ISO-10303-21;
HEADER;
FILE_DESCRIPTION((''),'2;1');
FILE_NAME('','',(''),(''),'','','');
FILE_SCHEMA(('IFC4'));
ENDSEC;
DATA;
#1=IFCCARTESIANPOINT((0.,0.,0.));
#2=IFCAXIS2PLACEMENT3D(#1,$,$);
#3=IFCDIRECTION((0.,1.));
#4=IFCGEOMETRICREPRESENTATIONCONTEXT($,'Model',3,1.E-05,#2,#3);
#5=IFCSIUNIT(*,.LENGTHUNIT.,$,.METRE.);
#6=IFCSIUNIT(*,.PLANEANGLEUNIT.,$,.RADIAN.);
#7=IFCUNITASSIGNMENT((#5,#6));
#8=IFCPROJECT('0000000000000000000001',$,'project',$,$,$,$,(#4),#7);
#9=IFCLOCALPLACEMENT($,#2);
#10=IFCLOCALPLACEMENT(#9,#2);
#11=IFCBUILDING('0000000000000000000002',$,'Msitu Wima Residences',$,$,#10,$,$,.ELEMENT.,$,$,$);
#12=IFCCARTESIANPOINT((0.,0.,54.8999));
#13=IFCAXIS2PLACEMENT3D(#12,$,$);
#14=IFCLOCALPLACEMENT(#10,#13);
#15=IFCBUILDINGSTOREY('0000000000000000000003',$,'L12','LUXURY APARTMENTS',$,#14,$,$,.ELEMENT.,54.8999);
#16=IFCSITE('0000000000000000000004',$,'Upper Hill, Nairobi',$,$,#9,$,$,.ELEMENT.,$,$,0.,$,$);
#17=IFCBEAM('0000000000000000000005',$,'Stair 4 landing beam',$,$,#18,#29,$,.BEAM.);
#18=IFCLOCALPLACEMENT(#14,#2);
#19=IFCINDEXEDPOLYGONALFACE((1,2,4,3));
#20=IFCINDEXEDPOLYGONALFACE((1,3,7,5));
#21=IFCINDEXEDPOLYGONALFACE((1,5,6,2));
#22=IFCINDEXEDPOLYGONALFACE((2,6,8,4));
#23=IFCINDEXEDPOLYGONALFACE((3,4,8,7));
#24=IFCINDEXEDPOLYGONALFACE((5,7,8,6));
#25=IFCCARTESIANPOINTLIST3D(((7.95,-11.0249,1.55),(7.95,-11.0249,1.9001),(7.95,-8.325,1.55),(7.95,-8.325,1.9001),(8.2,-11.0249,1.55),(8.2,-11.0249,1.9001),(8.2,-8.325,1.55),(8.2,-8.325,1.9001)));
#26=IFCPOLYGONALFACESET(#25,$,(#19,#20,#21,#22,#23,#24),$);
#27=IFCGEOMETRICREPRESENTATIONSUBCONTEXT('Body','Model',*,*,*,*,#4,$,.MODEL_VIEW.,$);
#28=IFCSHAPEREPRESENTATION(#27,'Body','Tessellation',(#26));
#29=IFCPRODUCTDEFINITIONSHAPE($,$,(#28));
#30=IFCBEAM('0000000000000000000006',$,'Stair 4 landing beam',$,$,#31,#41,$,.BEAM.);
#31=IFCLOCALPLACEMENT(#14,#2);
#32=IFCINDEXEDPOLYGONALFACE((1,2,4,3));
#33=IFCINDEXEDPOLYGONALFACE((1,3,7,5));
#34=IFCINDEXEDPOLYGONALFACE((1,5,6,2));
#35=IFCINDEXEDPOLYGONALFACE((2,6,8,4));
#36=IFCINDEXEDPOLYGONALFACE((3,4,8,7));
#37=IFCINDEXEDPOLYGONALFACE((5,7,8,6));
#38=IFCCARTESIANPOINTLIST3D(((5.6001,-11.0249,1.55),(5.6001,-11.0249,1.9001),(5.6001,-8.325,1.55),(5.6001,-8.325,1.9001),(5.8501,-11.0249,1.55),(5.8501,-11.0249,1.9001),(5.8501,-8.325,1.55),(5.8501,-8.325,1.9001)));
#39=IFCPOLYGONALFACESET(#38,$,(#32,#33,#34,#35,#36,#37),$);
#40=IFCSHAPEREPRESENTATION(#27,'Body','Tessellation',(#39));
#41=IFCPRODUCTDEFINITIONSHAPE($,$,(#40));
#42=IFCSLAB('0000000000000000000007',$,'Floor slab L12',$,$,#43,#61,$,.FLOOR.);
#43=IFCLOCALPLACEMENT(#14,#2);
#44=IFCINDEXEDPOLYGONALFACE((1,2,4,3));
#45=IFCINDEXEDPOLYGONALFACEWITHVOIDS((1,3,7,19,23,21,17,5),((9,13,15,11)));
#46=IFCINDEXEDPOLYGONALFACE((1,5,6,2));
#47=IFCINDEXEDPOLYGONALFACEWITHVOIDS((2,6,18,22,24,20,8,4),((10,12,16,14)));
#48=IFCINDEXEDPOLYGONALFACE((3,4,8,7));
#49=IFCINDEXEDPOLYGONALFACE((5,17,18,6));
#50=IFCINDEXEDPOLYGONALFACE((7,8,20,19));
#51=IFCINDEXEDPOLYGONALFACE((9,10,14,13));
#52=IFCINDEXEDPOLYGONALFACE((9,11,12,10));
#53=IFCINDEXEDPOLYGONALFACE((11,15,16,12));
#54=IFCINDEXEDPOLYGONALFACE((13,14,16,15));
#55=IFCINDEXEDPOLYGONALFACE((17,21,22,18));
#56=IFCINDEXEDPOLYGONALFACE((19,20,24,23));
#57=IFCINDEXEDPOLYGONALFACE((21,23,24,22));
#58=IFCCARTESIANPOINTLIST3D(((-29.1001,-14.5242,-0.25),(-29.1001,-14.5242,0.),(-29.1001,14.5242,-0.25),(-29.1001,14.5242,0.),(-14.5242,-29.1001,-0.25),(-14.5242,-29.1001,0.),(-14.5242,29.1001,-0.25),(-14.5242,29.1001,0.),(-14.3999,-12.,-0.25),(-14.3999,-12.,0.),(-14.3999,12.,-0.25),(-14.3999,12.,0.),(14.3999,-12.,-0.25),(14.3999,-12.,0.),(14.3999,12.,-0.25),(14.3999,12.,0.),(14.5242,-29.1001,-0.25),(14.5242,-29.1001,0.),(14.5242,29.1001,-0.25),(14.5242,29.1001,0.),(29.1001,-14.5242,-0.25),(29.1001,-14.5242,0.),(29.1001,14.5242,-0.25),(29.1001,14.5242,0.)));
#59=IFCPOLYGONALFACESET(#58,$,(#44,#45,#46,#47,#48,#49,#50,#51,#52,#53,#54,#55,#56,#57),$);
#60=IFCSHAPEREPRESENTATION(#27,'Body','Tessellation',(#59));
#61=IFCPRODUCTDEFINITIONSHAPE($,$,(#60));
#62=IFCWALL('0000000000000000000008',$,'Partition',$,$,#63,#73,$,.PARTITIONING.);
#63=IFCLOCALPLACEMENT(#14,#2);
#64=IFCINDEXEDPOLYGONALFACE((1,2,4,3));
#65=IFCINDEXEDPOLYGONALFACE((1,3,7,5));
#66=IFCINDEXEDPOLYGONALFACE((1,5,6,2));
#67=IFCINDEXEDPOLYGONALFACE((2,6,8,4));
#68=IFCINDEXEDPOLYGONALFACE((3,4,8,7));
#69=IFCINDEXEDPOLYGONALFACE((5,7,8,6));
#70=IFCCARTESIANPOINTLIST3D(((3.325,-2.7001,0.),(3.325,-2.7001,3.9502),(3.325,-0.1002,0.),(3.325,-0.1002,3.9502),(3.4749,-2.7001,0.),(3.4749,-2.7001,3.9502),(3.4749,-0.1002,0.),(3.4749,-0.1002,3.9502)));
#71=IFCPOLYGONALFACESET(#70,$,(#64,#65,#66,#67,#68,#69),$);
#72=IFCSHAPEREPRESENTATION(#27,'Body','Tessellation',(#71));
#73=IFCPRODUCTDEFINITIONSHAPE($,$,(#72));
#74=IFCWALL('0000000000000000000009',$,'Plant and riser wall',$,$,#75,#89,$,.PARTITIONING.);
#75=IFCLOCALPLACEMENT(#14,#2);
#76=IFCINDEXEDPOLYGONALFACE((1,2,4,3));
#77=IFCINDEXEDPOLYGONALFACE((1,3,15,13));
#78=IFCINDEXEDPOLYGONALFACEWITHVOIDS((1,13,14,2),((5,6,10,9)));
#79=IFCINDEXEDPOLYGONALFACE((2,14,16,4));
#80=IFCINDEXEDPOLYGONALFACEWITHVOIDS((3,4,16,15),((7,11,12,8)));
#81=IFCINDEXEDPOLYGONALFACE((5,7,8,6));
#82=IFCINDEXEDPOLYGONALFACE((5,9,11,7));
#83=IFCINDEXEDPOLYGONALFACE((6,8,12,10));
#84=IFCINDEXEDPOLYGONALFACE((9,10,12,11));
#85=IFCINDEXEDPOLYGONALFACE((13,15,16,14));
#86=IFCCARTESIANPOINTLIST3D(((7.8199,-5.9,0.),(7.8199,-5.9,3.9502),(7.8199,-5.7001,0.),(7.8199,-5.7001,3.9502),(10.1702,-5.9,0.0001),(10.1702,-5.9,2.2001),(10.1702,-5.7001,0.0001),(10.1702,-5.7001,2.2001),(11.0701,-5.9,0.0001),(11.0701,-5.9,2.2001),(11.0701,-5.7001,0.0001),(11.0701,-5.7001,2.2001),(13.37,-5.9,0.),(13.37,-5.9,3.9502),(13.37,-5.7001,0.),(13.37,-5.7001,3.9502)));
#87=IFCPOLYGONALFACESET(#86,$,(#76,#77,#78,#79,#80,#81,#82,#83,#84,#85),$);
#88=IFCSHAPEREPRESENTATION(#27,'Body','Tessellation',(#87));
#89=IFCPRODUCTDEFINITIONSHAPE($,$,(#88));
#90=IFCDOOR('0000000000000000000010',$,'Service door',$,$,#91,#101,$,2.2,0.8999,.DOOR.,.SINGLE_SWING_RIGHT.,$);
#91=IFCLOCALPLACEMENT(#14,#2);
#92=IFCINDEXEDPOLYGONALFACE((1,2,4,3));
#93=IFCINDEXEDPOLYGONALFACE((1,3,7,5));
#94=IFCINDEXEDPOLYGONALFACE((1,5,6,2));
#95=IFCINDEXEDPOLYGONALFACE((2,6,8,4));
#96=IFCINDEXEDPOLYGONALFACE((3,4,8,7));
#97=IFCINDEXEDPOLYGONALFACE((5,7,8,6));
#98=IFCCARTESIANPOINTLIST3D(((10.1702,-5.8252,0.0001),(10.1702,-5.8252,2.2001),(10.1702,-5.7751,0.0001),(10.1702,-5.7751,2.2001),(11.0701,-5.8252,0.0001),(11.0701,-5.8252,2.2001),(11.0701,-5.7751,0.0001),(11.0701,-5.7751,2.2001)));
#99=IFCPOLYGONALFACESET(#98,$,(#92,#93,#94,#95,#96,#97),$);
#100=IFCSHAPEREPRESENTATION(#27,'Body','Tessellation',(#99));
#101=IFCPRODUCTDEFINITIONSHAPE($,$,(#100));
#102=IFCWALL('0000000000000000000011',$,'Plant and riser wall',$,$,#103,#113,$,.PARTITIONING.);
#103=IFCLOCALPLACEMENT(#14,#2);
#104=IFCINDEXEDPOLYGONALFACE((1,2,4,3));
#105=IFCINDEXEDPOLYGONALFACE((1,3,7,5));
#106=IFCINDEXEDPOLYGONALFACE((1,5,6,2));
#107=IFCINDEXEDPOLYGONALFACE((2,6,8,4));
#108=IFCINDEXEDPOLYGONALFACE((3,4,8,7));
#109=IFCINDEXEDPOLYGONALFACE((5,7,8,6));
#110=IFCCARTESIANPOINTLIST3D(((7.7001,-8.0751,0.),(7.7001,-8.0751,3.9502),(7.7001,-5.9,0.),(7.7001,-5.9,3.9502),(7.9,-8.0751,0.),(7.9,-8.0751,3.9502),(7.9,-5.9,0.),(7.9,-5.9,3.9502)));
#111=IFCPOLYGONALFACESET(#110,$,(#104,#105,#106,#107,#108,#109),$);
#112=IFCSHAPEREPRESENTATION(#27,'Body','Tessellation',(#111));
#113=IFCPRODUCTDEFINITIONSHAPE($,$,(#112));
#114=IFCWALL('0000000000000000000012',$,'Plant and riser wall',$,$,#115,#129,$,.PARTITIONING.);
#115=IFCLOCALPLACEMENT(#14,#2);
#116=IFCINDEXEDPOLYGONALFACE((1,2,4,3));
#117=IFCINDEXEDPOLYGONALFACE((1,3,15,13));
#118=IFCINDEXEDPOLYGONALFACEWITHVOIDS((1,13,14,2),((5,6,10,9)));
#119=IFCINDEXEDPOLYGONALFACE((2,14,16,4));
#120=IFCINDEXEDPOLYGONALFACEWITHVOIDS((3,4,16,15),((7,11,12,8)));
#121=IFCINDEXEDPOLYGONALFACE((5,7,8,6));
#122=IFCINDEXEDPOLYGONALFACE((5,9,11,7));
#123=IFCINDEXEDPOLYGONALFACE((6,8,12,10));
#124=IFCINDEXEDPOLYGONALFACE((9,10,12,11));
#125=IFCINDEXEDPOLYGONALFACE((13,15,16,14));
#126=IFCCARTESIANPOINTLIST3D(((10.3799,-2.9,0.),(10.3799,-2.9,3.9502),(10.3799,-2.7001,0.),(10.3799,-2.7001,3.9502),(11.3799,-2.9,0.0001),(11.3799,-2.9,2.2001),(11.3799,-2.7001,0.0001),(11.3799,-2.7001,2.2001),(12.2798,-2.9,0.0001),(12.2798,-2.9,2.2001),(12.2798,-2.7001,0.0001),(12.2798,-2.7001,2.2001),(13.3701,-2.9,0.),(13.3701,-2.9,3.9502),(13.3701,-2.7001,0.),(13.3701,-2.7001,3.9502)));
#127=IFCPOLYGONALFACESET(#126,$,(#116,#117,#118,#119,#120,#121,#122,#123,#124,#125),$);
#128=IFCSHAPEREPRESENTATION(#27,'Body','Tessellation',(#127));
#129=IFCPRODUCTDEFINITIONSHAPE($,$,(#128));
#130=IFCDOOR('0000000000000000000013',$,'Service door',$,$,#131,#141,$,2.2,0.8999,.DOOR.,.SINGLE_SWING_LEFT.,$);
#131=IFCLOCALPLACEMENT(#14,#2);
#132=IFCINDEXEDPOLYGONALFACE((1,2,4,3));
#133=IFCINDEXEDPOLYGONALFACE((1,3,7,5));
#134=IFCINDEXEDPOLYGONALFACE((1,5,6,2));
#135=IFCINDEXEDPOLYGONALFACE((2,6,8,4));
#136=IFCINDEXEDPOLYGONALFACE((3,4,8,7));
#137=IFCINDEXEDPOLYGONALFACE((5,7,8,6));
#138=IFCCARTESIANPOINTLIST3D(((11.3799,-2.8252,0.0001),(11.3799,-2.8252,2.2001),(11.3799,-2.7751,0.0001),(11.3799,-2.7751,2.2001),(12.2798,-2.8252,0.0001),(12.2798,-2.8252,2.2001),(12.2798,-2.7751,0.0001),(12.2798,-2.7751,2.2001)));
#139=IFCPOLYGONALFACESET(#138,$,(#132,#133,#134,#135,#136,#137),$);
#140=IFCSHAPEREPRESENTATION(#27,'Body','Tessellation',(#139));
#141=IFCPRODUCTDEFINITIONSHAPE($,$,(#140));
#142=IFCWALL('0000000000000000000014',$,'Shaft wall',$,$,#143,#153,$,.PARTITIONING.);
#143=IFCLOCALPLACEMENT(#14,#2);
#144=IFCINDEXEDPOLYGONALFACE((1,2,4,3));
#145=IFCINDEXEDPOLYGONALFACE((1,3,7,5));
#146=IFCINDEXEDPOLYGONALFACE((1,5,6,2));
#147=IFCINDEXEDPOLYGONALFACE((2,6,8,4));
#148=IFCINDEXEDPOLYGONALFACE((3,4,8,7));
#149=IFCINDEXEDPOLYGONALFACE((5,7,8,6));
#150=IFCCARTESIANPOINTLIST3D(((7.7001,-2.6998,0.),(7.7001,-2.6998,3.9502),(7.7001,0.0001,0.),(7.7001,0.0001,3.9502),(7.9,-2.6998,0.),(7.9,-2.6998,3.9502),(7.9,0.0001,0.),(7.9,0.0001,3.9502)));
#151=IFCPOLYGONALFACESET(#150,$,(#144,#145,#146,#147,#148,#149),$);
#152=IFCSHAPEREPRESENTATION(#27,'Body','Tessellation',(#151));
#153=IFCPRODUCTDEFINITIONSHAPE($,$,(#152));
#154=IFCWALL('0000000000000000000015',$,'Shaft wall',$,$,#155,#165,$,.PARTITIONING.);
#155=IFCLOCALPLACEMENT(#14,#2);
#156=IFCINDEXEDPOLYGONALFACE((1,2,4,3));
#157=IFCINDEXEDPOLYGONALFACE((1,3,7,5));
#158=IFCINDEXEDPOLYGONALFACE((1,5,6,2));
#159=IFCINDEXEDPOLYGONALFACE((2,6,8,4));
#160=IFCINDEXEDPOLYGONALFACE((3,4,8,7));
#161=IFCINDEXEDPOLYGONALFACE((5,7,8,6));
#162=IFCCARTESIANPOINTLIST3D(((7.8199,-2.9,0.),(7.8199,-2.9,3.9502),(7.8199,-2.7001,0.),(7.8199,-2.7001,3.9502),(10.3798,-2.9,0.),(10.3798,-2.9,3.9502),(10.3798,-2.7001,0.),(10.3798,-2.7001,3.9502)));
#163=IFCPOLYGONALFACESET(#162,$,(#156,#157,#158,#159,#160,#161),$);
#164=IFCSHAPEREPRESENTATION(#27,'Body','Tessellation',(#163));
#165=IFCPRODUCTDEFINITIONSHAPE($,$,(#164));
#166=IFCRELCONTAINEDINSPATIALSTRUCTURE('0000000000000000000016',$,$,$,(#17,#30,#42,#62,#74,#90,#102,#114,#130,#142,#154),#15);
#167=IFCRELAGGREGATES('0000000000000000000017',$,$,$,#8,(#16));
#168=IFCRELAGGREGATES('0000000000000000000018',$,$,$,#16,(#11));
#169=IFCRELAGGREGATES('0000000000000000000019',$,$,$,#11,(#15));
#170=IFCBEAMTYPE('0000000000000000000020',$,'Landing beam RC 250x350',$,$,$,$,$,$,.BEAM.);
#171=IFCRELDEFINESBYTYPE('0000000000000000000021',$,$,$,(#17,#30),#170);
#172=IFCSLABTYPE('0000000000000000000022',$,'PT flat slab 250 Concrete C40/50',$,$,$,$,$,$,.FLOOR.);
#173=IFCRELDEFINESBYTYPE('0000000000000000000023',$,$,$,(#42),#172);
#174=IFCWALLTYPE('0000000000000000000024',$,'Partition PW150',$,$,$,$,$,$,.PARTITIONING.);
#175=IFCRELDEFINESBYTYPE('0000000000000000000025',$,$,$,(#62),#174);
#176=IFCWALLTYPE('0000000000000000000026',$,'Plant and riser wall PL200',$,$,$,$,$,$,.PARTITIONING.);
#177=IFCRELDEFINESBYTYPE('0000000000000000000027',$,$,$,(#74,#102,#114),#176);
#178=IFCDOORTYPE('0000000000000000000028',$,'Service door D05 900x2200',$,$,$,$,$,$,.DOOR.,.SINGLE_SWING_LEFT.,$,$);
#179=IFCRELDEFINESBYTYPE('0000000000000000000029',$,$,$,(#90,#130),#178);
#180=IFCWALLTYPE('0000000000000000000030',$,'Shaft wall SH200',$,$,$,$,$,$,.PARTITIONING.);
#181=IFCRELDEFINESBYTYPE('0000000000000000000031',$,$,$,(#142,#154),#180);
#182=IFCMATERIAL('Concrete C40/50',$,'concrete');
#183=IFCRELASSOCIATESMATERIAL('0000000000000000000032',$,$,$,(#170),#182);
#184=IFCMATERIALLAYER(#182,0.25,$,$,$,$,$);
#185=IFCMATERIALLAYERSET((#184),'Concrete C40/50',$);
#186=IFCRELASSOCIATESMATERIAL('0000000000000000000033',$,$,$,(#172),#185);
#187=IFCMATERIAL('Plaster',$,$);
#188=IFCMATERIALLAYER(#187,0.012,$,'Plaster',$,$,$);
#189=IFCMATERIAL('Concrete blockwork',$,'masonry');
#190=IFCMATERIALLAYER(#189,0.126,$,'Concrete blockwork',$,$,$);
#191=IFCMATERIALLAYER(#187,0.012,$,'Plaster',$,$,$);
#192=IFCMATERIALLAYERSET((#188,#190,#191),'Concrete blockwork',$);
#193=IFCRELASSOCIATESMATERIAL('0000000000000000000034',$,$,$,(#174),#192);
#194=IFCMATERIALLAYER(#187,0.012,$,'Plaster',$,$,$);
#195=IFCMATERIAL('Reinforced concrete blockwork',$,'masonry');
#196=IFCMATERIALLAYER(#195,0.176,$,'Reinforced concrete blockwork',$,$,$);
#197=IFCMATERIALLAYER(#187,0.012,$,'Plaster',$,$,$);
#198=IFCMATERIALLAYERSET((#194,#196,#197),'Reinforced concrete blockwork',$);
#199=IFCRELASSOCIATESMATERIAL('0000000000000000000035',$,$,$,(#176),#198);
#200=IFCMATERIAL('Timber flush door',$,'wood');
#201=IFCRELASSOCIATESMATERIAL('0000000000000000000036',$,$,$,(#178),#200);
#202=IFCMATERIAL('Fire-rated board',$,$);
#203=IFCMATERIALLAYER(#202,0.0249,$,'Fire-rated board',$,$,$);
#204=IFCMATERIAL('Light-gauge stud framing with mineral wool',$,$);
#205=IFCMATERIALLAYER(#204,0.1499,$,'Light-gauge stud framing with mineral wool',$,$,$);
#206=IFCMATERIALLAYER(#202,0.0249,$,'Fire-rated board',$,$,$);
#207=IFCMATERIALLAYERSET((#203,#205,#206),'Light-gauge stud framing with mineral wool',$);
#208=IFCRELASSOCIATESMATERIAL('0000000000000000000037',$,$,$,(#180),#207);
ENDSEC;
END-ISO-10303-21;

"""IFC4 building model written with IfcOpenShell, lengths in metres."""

from ifc_helpers import new_model, si_unit, direction, frame, frame_2d, origin, origin_2d, place, context, subcontext, project, spatial, polyline, rectangle, outline, extrude, material, layer, layer_set, material_profile, profile_set, type_object, element, fill, save


model = new_model("IFC4")

# Units and contexts
model_context = context("Model", 3, precision=1e-05, world=origin(), true_north=direction((0.0, 1.0)))
body_context = subcontext(model_context, "Body", "Model", "MODEL_VIEW")
ifc_project = project(units=[si_unit("LENGTHUNIT", "METRE"), si_unit("PLANEANGLEUNIT", "RADIAN")], contexts=[model_context])

# Site, building, storey
site_placement = place(None, origin())
site = spatial("IfcSite", under=ifc_project, at=site_placement, Name="Upper Hill, Nairobi", CompositionType="ELEMENT", RefElevation=0.0)
building_placement = place(site_placement, origin())
building = spatial("IfcBuilding", under=site, at=building_placement, Name="Msitu Wima Residences", CompositionType="ELEMENT")
storey_placement = place(building_placement, frame((0.0, 0.0, 54.8999)))
storey = spatial("IfcBuildingStorey", under=building, at=storey_placement, Name="L12", Description="LUXURY APARTMENTS", CompositionType="ELEMENT", Elevation=54.8999)

# Beams
ifc_material_1 = material(Name="Concrete C40/50", Category="concrete")
ifc_material_profile = material_profile(ifc_material_1, rectangle(XDim=0.25, YDim=0.3501, at=origin_2d()), Name="RC 250x350")
ifc_profile_set = profile_set([ifc_material_profile], Name="Concrete C40/50")
beam_type = type_object("IfcBeamType", Name="Landing beam RC 250x350", PredefinedType="BEAM", material=ifc_profile_set)
for number, where, z_axis, x_axis, name in (
    (1, (8.075, -11.0249, 1.7251), (0.0, 1.0, 0.0), (-1.0, 0.0, 0.0), "Stair 4 landing beam"),
    (2, (5.7251, -11.0249, 1.7251), (0.0, 1.0, 0.0), (-1.0, 0.0, 0.0), "Stair 4 landing beam"),
):
    element("IfcBeam", number, at=place(storey_placement, frame(where, z_axis=z_axis, x_axis=x_axis)), inside=storey, type_object=beam_type, Name=name, PredefinedType="BEAM", context=body_context, shape_type="SweptSolid", body=[
        extrude(rectangle(XDim=0.25, YDim=0.3501, at=origin_2d()), origin(), (0.0, 0.0, 1.0), 2.7),
    ])

# Slab
ifc_layer_1 = layer(ifc_material_1, 0.25)
ifc_layer_set_1 = layer_set([ifc_layer_1], Name="Concrete C40/50")
slab_type = type_object("IfcSlabType", Name="PT flat slab 250 Concrete C40/50", PredefinedType="FLOOR", material=ifc_layer_set_1)
slab_placement = place(storey_placement, frame((0.0, 0.0, -0.25)))
element("IfcSlab", 3, at=slab_placement, inside=storey, type_object=slab_type, Name="Floor slab L12", PredefinedType="FLOOR", context=body_context, shape_type="SweptSolid", body=[
    extrude(outline(polyline([(29.1001, -14.5242), (14.5242, -29.1001), (-14.5242, -29.1001), (-29.1001, -14.5242), (-29.1001, 14.5242), (-14.5242, 29.1001), (14.5242, 29.1001), (29.1001, 14.5242), (29.1001, -14.5242)]), holes=[polyline([(-14.3999, -12.0), (14.3999, -12.0), (14.3999, 12.0), (-14.3999, 12.0), (-14.3999, -12.0)])]), origin(), (0.0, 0.0, 1.0), 0.25),
])

# Wall
ifc_material_2 = material(Name="Plaster")
ifc_layer_2 = layer(ifc_material_2, 0.012, Name="Plaster")
ifc_material_3 = material(Name="Concrete blockwork", Category="masonry")
ifc_layer_3 = layer(ifc_material_3, 0.126, Name="Concrete blockwork")
ifc_layer_4 = layer(ifc_material_2, 0.012, Name="Plaster")
ifc_layer_set_2 = layer_set([ifc_layer_2, ifc_layer_3, ifc_layer_4], Name="Concrete blockwork")
wall_type_1 = type_object("IfcWallType", Name="Partition PW150", PredefinedType="PARTITIONING", material=ifc_layer_set_2)
wall_1_placement = place(storey_placement, frame((3.3999, -2.7, 0.0), z_axis=(0.0, 0.0, 1.0), x_axis=(0.0, 1.0, 0.0)))
element("IfcWall", 4, at=wall_1_placement, inside=storey, type_object=wall_type_1, Name="Partition", PredefinedType="PARTITIONING", context=body_context, shape_type="SweptSolid", body=[
    extrude(rectangle(XDim=2.5999, YDim=0.1499, at=frame_2d((1.2998, 0.0))), origin(), (0.0, 0.0, 1.0), 3.9502),
])

# Wall, opening, door
ifc_layer_5 = layer(ifc_material_2, 0.012, Name="Plaster")
ifc_material_4 = material(Name="Reinforced concrete blockwork", Category="masonry")
ifc_layer_6 = layer(ifc_material_4, 0.176, Name="Reinforced concrete blockwork")
ifc_layer_7 = layer(ifc_material_2, 0.012, Name="Plaster")
ifc_layer_set_3 = layer_set([ifc_layer_5, ifc_layer_6, ifc_layer_7], Name="Reinforced concrete blockwork")
wall_type_2 = type_object("IfcWallType", Name="Plant and riser wall PL200", PredefinedType="PARTITIONING", material=ifc_layer_set_3)
wall_2_placement = place(storey_placement, frame((7.8201, -5.8, 0.0), z_axis=(0.0, 0.0, 1.0), x_axis=(1.0, 0.0, 0.0)))
wall_2 = element("IfcWall", 5, at=wall_2_placement, inside=storey, type_object=wall_type_2, Name="Plant and riser wall", PredefinedType="PARTITIONING", context=body_context, shape_type="SweptSolid", body=[
    extrude(rectangle(XDim=5.55, YDim=0.2, at=frame_2d((2.7749, 0.0))), origin(), (0.0, 0.0, 1.0), 3.9502),
])
opening_1_placement = place(wall_2_placement, frame((2.3501, 0.0, 0.0)))
opening_1 = element("IfcOpeningElement", 6, at=opening_1_placement, cuts=wall_2, PredefinedType="OPENING", context=body_context, shape_type="SweptSolid", body=[
    extrude(rectangle(XDim=0.8999, YDim=2.2, at=frame_2d((0.45, 1.1001))), frame((0.0, 0.1099, 0.0), z_axis=(0.0, -1.0, 0.0), x_axis=(1.0, 0.0, 0.0)), (0.0, 0.0, 1.0), 0.22),
])
ifc_material_5 = material(Name="Timber flush door", Category="wood")
door_type_1 = type_object("IfcDoorType", Name="Service door D05 900x2200", OperationType="SINGLE_SWING_LEFT", PredefinedType="DOOR", material=ifc_material_5)
door_1_placement = place(opening_1_placement, origin())
door_1 = element("IfcDoor", 7, at=door_1_placement, inside=storey, type_object=door_type_1, Name="Service door", OperationType="SINGLE_SWING_RIGHT", OverallHeight=2.2, OverallWidth=0.8999, PredefinedType="DOOR", context=body_context, shape_type="SweptSolid", body=[
    extrude(rectangle(XDim=0.8999, YDim=2.2, at=frame_2d((0.45, 1.1001))), frame((0.0, 0.0249, 0.0), z_axis=(0.0, -1.0, 0.0), x_axis=(1.0, 0.0, 0.0)), (0.0, 0.0, 1.0), 0.05),
])
fill(opening_1, door_1)

# Wall
wall_3_placement = place(storey_placement, frame((7.8, -8.075, 0.0), z_axis=(0.0, 0.0, 1.0), x_axis=(0.0, 1.0, 0.0)))
element("IfcWall", 8, at=wall_3_placement, inside=storey, type_object=wall_type_2, Name="Plant and riser wall", PredefinedType="PARTITIONING", context=body_context, shape_type="SweptSolid", body=[
    extrude(rectangle(XDim=2.175, YDim=0.2, at=frame_2d((1.0874, 0.0))), origin(), (0.0, 0.0, 1.0), 3.9502),
])

# Wall, opening, door
wall_4_placement = place(storey_placement, frame((10.3799, -2.8, 0.0), z_axis=(0.0, 0.0, 1.0), x_axis=(1.0, 0.0, 0.0)))
wall_4 = element("IfcWall", 9, at=wall_4_placement, inside=storey, type_object=wall_type_2, Name="Plant and riser wall", PredefinedType="PARTITIONING", context=body_context, shape_type="SweptSolid", body=[
    extrude(rectangle(XDim=2.9902, YDim=0.2, at=frame_2d((1.4951, 0.0))), origin(), (0.0, 0.0, 1.0), 3.9502),
])
opening_2_placement = place(wall_4_placement, frame((1.0, 0.0, 0.0)))
opening_2 = element("IfcOpeningElement", 10, at=opening_2_placement, cuts=wall_4, PredefinedType="OPENING", context=body_context, shape_type="SweptSolid", body=[
    extrude(rectangle(XDim=0.8999, YDim=2.2, at=frame_2d((0.45, 1.1001))), frame((0.0, 0.1099, 0.0), z_axis=(0.0, -1.0, 0.0), x_axis=(1.0, 0.0, 0.0)), (0.0, 0.0, 1.0), 0.22),
])
door_2_placement = place(opening_2_placement, origin())
door_2 = element("IfcDoor", 11, at=door_2_placement, inside=storey, type_object=door_type_1, Name="Service door", OperationType="SINGLE_SWING_LEFT", OverallHeight=2.2, OverallWidth=0.8999, PredefinedType="DOOR", context=body_context, shape_type="SweptSolid", body=[
    extrude(rectangle(XDim=0.8999, YDim=2.2, at=frame_2d((0.45, 1.1001))), frame((0.0, 0.0249, 0.0), z_axis=(0.0, -1.0, 0.0), x_axis=(1.0, 0.0, 0.0)), (0.0, 0.0, 1.0), 0.05),
])
fill(opening_2, door_2)

# Walls
ifc_material_6 = material(Name="Fire-rated board")
ifc_layer_8 = layer(ifc_material_6, 0.0249, Name="Fire-rated board")
ifc_material_7 = material(Name="Light-gauge stud framing with mineral wool")
ifc_layer_9 = layer(ifc_material_7, 0.1499, Name="Light-gauge stud framing with mineral wool")
ifc_layer_10 = layer(ifc_material_6, 0.0249, Name="Fire-rated board")
ifc_layer_set_4 = layer_set([ifc_layer_8, ifc_layer_9, ifc_layer_10], Name="Light-gauge stud framing with mineral wool")
wall_type_3 = type_object("IfcWallType", Name="Shaft wall SH200", PredefinedType="PARTITIONING", material=ifc_layer_set_4)
wall_5_placement = place(storey_placement, frame((7.8, -2.7, 0.0), z_axis=(0.0, 0.0, 1.0), x_axis=(0.0, 1.0, 0.0)))
element("IfcWall", 12, at=wall_5_placement, inside=storey, type_object=wall_type_3, Name="Shaft wall", PredefinedType="PARTITIONING", context=body_context, shape_type="SweptSolid", body=[
    extrude(rectangle(XDim=2.7, YDim=0.2, at=frame_2d((1.3501, 0.0))), origin(), (0.0, 0.0, 1.0), 3.9502),
])
wall_6_placement = place(storey_placement, frame((7.8201, -2.8, 0.0), z_axis=(0.0, 0.0, 1.0), x_axis=(1.0, 0.0, 0.0)))
element("IfcWall", 13, at=wall_6_placement, inside=storey, type_object=wall_type_3, Name="Shaft wall", PredefinedType="PARTITIONING", context=body_context, shape_type="SweptSolid", body=[
    extrude(rectangle(XDim=2.5598, YDim=0.2, at=frame_2d((1.2798, 0.0))), origin(), (0.0, 0.0, 1.0), 3.9502),
])

save(model, "model.ifc")
